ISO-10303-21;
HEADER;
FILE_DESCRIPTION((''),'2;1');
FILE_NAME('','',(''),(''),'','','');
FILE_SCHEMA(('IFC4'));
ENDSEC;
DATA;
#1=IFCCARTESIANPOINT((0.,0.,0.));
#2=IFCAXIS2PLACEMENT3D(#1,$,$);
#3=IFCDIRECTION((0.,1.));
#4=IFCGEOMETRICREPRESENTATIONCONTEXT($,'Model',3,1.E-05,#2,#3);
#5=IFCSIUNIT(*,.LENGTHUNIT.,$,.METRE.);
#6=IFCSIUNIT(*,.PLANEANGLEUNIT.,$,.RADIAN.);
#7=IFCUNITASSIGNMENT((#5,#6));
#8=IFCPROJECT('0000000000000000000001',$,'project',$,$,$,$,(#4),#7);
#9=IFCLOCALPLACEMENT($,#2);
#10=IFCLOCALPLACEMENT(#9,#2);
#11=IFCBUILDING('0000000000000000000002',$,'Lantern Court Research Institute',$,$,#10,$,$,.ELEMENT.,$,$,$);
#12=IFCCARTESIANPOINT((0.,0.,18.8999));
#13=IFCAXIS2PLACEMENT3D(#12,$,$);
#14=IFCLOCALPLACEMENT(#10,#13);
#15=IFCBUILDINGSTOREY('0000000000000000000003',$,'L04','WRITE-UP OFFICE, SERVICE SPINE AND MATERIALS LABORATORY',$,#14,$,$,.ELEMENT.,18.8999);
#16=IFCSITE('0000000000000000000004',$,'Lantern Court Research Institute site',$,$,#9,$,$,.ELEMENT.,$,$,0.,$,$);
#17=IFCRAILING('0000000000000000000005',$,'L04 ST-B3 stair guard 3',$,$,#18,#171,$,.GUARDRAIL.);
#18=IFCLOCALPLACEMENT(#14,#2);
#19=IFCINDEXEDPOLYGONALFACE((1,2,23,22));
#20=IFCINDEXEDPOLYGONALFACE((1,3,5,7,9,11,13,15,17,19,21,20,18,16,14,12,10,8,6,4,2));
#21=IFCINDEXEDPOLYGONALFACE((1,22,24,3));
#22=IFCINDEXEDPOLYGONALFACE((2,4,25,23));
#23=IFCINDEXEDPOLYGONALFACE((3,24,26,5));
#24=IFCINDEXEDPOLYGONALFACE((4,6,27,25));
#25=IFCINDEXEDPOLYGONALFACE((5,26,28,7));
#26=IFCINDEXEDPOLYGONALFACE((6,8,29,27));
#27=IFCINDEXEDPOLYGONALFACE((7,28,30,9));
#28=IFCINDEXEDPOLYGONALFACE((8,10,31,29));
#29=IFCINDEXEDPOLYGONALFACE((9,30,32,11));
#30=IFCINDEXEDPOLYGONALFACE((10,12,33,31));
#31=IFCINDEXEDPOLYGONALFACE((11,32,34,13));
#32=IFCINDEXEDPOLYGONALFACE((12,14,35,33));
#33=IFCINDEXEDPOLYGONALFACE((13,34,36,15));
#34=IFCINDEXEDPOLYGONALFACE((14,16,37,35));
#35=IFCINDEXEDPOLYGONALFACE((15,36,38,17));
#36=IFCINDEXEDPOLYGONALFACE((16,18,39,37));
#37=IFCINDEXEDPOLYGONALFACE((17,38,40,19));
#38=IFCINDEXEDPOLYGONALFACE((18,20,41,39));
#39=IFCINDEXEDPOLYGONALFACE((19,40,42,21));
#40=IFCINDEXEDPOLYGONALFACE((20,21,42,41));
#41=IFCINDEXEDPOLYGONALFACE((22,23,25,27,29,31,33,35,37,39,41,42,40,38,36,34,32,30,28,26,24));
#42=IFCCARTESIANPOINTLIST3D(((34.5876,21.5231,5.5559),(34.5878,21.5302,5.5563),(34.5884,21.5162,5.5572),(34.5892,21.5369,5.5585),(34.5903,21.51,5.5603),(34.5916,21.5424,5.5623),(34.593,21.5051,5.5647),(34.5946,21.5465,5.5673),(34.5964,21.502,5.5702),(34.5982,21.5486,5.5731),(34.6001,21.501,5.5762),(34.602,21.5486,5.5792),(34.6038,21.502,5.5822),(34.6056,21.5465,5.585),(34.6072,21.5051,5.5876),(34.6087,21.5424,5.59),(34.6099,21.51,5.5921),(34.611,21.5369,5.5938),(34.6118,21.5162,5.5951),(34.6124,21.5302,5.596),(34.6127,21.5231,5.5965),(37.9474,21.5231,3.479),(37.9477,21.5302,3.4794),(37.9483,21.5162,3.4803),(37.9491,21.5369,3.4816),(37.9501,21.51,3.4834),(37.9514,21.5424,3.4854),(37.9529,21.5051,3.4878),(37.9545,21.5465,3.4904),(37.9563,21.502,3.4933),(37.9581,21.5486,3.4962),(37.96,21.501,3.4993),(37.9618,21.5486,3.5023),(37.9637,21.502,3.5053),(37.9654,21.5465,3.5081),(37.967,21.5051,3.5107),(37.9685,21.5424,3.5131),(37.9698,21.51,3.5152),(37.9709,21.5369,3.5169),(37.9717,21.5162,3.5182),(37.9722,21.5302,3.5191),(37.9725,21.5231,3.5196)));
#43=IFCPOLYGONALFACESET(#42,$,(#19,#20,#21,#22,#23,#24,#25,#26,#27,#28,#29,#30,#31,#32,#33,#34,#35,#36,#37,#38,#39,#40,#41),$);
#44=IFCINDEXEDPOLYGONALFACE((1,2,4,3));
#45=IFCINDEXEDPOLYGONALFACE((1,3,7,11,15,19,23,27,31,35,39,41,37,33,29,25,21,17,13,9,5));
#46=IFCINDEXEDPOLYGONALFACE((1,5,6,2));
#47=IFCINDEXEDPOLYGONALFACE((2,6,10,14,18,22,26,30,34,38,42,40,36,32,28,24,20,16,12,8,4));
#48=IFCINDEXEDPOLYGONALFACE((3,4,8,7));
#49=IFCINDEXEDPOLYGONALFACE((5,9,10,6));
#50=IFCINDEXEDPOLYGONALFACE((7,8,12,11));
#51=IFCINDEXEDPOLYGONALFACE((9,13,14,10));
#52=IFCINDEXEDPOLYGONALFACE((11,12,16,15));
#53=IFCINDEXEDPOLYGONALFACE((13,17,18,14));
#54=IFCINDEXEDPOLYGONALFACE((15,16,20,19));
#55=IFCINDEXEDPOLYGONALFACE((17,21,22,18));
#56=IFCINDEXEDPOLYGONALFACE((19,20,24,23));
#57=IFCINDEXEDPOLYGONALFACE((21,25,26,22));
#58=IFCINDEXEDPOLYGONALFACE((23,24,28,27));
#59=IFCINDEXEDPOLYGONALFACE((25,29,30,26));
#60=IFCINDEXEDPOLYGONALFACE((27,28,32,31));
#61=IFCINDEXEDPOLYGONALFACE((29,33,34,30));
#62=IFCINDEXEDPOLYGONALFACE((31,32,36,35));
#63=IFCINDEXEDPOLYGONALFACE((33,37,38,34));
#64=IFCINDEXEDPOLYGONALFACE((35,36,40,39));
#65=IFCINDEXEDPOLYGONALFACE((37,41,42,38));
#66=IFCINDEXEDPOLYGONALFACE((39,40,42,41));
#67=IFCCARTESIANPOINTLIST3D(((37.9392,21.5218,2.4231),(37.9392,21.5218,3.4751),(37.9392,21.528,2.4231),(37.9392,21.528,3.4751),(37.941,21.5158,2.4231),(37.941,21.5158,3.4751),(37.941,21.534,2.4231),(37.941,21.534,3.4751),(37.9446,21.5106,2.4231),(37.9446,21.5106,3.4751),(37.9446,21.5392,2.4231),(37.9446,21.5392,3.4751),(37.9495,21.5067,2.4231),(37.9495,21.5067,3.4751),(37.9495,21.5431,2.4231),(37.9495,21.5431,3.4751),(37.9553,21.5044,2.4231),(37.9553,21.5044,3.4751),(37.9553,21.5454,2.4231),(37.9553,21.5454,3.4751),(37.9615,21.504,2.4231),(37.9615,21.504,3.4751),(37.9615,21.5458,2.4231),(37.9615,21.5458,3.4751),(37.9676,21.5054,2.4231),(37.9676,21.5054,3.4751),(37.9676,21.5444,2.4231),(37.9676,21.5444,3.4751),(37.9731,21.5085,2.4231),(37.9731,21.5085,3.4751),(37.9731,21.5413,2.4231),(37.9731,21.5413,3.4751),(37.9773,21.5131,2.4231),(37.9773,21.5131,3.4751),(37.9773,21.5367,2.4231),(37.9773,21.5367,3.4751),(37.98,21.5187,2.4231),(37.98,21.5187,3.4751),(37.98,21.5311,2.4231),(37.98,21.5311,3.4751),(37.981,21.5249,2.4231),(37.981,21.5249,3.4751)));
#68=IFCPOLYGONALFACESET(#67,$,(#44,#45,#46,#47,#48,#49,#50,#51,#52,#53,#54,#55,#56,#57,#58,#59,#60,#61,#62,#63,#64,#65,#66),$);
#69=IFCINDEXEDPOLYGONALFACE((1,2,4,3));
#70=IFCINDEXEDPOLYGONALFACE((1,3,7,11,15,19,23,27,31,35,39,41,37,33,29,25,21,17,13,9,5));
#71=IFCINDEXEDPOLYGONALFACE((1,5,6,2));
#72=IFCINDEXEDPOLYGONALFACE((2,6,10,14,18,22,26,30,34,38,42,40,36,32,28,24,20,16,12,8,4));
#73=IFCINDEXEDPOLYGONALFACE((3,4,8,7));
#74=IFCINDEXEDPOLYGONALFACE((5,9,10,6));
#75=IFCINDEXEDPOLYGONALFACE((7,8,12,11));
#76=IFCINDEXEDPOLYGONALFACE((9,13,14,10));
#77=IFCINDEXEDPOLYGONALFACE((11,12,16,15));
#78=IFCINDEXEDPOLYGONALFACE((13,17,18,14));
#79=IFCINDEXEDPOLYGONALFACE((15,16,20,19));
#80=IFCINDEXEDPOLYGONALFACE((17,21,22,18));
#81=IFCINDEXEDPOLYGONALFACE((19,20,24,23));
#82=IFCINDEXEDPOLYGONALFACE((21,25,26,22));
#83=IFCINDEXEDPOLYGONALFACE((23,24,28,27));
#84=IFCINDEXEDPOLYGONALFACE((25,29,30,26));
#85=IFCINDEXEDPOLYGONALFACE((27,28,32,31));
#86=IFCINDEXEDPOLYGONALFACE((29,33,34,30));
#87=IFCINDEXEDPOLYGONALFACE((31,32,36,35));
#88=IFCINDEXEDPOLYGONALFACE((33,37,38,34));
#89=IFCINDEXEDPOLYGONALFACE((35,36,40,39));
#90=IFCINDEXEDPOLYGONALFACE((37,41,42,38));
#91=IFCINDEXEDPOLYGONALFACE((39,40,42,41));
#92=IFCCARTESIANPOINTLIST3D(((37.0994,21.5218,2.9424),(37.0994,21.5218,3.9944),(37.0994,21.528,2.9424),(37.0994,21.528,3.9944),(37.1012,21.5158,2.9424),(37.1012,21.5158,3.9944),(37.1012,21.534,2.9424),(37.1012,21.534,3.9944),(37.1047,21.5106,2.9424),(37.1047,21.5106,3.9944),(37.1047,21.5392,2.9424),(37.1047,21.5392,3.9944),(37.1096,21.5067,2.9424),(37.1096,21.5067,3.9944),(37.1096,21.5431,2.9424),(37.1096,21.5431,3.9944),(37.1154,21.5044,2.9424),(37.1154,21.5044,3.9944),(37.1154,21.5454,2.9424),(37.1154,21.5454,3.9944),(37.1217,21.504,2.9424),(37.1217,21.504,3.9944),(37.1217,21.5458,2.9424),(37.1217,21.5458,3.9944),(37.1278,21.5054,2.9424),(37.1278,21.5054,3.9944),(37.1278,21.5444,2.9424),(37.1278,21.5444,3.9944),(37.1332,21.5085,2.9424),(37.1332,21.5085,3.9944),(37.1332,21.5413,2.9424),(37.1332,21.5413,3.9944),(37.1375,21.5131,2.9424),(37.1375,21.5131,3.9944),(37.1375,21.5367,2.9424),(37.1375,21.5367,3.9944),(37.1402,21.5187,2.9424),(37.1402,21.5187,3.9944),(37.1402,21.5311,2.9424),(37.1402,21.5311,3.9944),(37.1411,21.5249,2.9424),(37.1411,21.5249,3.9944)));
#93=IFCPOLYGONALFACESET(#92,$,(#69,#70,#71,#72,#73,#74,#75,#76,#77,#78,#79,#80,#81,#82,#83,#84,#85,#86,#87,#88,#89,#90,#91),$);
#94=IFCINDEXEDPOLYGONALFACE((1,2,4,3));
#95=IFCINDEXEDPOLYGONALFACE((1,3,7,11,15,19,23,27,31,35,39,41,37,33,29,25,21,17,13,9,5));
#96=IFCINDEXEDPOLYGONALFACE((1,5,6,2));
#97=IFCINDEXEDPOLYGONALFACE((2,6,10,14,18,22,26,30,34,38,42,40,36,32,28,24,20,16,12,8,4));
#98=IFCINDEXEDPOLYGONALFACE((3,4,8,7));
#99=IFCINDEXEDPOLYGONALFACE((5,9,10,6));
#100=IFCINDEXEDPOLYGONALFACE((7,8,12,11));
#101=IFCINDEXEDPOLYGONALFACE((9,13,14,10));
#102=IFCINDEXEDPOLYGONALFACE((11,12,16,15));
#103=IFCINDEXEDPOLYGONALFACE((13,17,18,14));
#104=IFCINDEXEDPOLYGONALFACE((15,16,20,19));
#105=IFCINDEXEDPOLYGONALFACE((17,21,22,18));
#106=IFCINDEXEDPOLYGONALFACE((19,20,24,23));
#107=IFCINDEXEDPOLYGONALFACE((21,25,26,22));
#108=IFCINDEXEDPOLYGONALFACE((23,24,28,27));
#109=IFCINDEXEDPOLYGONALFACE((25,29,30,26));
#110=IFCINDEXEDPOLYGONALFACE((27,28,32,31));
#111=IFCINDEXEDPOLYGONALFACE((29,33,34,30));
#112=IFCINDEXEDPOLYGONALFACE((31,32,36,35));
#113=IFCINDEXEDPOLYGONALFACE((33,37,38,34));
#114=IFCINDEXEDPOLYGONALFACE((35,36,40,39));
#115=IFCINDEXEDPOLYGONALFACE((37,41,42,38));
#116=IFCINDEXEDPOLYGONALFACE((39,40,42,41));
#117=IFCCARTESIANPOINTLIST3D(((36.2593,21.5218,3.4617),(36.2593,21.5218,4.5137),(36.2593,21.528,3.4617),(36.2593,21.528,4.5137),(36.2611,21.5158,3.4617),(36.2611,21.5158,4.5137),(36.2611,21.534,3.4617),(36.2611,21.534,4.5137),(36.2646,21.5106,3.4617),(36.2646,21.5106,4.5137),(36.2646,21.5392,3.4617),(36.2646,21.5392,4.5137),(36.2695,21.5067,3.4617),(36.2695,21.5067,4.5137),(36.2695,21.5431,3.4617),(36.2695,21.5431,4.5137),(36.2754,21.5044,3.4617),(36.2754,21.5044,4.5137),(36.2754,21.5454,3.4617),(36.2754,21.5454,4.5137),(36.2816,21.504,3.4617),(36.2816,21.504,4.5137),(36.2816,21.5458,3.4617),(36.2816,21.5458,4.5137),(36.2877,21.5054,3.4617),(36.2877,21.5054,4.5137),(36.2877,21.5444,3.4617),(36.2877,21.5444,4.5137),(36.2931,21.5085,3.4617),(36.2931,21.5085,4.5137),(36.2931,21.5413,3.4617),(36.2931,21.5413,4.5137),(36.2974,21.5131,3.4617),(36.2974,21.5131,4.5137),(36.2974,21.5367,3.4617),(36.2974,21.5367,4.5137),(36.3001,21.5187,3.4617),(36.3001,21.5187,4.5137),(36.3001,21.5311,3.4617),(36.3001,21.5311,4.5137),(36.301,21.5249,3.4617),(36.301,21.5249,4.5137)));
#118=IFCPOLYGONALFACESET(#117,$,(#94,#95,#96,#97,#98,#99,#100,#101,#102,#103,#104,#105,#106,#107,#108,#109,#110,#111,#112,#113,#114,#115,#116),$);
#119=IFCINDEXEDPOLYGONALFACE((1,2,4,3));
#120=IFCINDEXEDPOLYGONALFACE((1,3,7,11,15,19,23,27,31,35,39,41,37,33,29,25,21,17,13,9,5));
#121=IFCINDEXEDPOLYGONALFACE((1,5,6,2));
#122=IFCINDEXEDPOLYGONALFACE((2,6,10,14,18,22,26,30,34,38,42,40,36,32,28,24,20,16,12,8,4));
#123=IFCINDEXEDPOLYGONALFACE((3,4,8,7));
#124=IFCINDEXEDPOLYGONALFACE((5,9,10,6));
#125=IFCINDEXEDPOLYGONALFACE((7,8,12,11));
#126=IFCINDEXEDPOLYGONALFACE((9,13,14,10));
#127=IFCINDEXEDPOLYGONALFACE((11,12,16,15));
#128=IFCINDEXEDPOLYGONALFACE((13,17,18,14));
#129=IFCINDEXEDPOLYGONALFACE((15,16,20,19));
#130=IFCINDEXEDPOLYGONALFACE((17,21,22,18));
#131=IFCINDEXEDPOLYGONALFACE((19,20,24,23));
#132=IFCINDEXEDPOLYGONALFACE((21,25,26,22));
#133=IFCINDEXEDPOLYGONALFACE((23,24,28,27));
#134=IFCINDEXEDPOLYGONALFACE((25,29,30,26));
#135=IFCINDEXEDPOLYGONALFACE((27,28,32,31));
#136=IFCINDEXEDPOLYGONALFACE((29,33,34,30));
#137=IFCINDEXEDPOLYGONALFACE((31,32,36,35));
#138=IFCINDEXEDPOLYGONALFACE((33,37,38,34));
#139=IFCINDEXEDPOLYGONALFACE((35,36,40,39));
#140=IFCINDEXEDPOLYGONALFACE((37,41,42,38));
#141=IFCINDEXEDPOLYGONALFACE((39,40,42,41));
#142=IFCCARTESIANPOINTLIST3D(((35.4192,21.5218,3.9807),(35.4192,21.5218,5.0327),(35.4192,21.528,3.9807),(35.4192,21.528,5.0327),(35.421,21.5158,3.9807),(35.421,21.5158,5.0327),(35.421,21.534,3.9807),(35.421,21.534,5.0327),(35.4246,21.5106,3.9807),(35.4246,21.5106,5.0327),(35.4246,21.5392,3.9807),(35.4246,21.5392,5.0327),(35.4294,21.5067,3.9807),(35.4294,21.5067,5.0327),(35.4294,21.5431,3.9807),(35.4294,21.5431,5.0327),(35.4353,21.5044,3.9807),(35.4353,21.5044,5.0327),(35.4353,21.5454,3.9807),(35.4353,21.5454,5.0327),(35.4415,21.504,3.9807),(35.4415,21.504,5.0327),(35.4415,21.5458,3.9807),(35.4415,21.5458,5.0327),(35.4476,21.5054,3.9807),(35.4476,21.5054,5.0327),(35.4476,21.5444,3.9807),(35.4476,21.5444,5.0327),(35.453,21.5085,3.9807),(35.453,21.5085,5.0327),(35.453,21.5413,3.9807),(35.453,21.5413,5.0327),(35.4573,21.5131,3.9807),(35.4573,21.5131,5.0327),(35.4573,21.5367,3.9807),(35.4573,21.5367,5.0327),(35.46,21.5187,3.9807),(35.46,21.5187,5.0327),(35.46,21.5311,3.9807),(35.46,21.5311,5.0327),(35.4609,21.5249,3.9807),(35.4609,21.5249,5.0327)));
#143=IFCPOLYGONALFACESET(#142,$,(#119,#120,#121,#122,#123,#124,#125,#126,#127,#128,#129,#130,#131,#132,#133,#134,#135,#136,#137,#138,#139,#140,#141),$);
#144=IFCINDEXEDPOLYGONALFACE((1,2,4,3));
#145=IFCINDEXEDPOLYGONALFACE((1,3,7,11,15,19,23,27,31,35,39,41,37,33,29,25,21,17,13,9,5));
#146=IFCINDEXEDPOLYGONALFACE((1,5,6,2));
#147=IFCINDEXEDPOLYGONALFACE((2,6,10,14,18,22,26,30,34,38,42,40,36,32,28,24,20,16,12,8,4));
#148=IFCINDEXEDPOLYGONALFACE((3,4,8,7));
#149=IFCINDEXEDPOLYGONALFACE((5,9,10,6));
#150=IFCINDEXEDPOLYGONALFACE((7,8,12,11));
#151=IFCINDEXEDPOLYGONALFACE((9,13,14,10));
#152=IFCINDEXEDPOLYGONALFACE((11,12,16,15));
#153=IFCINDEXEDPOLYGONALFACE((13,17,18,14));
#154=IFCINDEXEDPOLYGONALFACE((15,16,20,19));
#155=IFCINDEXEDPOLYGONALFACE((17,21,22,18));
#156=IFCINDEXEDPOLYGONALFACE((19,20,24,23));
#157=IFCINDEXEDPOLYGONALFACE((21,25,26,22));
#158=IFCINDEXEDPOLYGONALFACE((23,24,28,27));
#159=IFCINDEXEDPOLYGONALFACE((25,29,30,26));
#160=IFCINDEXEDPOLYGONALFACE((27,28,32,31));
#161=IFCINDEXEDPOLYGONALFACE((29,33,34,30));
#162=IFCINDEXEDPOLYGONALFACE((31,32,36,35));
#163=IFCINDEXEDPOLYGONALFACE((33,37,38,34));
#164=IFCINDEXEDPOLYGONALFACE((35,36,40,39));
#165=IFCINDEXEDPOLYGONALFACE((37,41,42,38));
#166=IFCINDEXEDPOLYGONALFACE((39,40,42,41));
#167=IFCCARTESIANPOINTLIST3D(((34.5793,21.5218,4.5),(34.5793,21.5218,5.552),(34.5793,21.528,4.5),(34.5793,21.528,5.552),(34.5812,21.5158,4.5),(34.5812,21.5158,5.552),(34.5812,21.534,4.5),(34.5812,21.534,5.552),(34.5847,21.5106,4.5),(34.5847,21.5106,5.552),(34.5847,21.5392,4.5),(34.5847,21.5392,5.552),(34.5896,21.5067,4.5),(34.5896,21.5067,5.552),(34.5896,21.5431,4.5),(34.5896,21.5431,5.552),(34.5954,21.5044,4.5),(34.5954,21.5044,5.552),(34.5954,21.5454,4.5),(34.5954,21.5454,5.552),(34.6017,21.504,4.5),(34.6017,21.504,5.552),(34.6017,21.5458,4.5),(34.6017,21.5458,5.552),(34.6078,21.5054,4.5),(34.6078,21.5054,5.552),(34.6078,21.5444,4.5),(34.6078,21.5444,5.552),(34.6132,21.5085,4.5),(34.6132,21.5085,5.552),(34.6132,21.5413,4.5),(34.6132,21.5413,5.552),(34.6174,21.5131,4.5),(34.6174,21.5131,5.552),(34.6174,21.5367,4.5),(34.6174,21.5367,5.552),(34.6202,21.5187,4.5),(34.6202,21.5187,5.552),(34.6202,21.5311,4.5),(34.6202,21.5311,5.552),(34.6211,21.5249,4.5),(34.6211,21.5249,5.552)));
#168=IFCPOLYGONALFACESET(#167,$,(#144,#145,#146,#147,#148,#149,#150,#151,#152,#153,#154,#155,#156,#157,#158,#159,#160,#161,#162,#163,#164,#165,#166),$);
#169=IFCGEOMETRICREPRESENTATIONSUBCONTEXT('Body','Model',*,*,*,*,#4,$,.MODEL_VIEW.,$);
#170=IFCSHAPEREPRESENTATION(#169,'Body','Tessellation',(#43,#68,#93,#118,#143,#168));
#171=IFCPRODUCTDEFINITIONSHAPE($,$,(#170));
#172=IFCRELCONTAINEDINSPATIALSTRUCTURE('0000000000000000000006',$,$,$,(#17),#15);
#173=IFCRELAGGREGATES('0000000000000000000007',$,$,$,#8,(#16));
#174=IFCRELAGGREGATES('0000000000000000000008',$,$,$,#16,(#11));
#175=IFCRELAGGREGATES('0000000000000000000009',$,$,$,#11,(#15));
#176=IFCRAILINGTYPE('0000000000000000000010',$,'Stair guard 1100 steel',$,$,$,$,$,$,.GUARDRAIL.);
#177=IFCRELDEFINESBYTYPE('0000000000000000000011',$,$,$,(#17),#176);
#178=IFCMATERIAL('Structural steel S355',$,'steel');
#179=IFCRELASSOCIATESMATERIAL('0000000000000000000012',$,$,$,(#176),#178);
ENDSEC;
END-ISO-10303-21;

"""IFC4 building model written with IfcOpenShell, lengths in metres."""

from ifc_helpers import new_model, si_unit, direction, frame, origin, origin_2d, place, context, subcontext, project, spatial, circle, extrude, material, type_object, element, save


model = new_model("IFC4")

# Units and contexts
model_context = context("Model", 3, precision=1e-05, world=origin(), true_north=direction((0.0, 1.0)))
body_context = subcontext(model_context, "Body", "Model", "MODEL_VIEW")
ifc_project = project(units=[si_unit("LENGTHUNIT", "METRE"), si_unit("PLANEANGLEUNIT", "RADIAN")], contexts=[model_context])

# Site, building, storey
site_placement = place(None, origin())
site = spatial("IfcSite", under=ifc_project, at=site_placement, Name="Lantern Court Research Institute site", CompositionType="ELEMENT", RefElevation=0.0)
building_placement = place(site_placement, origin())
building = spatial("IfcBuilding", under=site, at=building_placement, Name="Lantern Court Research Institute", CompositionType="ELEMENT")
storey_placement = place(building_placement, frame((0.0, 0.0, 18.8999)))
storey = spatial("IfcBuildingStorey", under=building, at=storey_placement, Name="L04", Description="WRITE-UP OFFICE, SERVICE SPINE AND MATERIALS LABORATORY", CompositionType="ELEMENT", Elevation=18.8999)

# Railing
ifc_material_1 = material(Name="Structural steel S355", Category="steel")
railing_type_1 = type_object("IfcRailingType", Name="Stair guard 1100 steel", PredefinedType="GUARDRAIL", material=ifc_material_1)
railing_1_placement = place(storey_placement, frame((37.96, 21.5249, 2.4231)))
element("IfcRailing", 1, at=railing_1_placement, inside=storey, type_object=railing_type_1, Name="L04 ST-B3 stair guard 3", PredefinedType="GUARDRAIL", context=body_context, shape_type="SweptSolid", body=[
    extrude(circle(Radius=0.0239, at=origin_2d()), frame((0.0, 0.0, 1.0762), z_axis=(-0.850606, 0.0, 0.525803), x_axis=(0.0, -1.0, 0.0)), (0.0, 0.0, 1.0), 3.95),
    extrude(circle(Radius=0.021, at=origin_2d()), origin(), (0.0, 0.0, 1.0), 1.052),
    extrude(circle(Radius=0.021, at=origin_2d()), frame((-0.8398, 0.0, 0.5193)), (0.0, 0.0, 1.0), 1.052),
    extrude(circle(Radius=0.021, at=origin_2d()), frame((-1.6799, 0.0, 1.0386)), (0.0, 0.0, 1.0), 1.052),
    extrude(circle(Radius=0.021, at=origin_2d()), frame((-2.52, 0.0, 1.5576)), (0.0, 0.0, 1.0), 1.052),
    extrude(circle(Radius=0.021, at=origin_2d()), frame((-3.3599, 0.0, 2.0769)), (0.0, 0.0, 1.0), 1.052),
])

save(model, "model.ifc")
